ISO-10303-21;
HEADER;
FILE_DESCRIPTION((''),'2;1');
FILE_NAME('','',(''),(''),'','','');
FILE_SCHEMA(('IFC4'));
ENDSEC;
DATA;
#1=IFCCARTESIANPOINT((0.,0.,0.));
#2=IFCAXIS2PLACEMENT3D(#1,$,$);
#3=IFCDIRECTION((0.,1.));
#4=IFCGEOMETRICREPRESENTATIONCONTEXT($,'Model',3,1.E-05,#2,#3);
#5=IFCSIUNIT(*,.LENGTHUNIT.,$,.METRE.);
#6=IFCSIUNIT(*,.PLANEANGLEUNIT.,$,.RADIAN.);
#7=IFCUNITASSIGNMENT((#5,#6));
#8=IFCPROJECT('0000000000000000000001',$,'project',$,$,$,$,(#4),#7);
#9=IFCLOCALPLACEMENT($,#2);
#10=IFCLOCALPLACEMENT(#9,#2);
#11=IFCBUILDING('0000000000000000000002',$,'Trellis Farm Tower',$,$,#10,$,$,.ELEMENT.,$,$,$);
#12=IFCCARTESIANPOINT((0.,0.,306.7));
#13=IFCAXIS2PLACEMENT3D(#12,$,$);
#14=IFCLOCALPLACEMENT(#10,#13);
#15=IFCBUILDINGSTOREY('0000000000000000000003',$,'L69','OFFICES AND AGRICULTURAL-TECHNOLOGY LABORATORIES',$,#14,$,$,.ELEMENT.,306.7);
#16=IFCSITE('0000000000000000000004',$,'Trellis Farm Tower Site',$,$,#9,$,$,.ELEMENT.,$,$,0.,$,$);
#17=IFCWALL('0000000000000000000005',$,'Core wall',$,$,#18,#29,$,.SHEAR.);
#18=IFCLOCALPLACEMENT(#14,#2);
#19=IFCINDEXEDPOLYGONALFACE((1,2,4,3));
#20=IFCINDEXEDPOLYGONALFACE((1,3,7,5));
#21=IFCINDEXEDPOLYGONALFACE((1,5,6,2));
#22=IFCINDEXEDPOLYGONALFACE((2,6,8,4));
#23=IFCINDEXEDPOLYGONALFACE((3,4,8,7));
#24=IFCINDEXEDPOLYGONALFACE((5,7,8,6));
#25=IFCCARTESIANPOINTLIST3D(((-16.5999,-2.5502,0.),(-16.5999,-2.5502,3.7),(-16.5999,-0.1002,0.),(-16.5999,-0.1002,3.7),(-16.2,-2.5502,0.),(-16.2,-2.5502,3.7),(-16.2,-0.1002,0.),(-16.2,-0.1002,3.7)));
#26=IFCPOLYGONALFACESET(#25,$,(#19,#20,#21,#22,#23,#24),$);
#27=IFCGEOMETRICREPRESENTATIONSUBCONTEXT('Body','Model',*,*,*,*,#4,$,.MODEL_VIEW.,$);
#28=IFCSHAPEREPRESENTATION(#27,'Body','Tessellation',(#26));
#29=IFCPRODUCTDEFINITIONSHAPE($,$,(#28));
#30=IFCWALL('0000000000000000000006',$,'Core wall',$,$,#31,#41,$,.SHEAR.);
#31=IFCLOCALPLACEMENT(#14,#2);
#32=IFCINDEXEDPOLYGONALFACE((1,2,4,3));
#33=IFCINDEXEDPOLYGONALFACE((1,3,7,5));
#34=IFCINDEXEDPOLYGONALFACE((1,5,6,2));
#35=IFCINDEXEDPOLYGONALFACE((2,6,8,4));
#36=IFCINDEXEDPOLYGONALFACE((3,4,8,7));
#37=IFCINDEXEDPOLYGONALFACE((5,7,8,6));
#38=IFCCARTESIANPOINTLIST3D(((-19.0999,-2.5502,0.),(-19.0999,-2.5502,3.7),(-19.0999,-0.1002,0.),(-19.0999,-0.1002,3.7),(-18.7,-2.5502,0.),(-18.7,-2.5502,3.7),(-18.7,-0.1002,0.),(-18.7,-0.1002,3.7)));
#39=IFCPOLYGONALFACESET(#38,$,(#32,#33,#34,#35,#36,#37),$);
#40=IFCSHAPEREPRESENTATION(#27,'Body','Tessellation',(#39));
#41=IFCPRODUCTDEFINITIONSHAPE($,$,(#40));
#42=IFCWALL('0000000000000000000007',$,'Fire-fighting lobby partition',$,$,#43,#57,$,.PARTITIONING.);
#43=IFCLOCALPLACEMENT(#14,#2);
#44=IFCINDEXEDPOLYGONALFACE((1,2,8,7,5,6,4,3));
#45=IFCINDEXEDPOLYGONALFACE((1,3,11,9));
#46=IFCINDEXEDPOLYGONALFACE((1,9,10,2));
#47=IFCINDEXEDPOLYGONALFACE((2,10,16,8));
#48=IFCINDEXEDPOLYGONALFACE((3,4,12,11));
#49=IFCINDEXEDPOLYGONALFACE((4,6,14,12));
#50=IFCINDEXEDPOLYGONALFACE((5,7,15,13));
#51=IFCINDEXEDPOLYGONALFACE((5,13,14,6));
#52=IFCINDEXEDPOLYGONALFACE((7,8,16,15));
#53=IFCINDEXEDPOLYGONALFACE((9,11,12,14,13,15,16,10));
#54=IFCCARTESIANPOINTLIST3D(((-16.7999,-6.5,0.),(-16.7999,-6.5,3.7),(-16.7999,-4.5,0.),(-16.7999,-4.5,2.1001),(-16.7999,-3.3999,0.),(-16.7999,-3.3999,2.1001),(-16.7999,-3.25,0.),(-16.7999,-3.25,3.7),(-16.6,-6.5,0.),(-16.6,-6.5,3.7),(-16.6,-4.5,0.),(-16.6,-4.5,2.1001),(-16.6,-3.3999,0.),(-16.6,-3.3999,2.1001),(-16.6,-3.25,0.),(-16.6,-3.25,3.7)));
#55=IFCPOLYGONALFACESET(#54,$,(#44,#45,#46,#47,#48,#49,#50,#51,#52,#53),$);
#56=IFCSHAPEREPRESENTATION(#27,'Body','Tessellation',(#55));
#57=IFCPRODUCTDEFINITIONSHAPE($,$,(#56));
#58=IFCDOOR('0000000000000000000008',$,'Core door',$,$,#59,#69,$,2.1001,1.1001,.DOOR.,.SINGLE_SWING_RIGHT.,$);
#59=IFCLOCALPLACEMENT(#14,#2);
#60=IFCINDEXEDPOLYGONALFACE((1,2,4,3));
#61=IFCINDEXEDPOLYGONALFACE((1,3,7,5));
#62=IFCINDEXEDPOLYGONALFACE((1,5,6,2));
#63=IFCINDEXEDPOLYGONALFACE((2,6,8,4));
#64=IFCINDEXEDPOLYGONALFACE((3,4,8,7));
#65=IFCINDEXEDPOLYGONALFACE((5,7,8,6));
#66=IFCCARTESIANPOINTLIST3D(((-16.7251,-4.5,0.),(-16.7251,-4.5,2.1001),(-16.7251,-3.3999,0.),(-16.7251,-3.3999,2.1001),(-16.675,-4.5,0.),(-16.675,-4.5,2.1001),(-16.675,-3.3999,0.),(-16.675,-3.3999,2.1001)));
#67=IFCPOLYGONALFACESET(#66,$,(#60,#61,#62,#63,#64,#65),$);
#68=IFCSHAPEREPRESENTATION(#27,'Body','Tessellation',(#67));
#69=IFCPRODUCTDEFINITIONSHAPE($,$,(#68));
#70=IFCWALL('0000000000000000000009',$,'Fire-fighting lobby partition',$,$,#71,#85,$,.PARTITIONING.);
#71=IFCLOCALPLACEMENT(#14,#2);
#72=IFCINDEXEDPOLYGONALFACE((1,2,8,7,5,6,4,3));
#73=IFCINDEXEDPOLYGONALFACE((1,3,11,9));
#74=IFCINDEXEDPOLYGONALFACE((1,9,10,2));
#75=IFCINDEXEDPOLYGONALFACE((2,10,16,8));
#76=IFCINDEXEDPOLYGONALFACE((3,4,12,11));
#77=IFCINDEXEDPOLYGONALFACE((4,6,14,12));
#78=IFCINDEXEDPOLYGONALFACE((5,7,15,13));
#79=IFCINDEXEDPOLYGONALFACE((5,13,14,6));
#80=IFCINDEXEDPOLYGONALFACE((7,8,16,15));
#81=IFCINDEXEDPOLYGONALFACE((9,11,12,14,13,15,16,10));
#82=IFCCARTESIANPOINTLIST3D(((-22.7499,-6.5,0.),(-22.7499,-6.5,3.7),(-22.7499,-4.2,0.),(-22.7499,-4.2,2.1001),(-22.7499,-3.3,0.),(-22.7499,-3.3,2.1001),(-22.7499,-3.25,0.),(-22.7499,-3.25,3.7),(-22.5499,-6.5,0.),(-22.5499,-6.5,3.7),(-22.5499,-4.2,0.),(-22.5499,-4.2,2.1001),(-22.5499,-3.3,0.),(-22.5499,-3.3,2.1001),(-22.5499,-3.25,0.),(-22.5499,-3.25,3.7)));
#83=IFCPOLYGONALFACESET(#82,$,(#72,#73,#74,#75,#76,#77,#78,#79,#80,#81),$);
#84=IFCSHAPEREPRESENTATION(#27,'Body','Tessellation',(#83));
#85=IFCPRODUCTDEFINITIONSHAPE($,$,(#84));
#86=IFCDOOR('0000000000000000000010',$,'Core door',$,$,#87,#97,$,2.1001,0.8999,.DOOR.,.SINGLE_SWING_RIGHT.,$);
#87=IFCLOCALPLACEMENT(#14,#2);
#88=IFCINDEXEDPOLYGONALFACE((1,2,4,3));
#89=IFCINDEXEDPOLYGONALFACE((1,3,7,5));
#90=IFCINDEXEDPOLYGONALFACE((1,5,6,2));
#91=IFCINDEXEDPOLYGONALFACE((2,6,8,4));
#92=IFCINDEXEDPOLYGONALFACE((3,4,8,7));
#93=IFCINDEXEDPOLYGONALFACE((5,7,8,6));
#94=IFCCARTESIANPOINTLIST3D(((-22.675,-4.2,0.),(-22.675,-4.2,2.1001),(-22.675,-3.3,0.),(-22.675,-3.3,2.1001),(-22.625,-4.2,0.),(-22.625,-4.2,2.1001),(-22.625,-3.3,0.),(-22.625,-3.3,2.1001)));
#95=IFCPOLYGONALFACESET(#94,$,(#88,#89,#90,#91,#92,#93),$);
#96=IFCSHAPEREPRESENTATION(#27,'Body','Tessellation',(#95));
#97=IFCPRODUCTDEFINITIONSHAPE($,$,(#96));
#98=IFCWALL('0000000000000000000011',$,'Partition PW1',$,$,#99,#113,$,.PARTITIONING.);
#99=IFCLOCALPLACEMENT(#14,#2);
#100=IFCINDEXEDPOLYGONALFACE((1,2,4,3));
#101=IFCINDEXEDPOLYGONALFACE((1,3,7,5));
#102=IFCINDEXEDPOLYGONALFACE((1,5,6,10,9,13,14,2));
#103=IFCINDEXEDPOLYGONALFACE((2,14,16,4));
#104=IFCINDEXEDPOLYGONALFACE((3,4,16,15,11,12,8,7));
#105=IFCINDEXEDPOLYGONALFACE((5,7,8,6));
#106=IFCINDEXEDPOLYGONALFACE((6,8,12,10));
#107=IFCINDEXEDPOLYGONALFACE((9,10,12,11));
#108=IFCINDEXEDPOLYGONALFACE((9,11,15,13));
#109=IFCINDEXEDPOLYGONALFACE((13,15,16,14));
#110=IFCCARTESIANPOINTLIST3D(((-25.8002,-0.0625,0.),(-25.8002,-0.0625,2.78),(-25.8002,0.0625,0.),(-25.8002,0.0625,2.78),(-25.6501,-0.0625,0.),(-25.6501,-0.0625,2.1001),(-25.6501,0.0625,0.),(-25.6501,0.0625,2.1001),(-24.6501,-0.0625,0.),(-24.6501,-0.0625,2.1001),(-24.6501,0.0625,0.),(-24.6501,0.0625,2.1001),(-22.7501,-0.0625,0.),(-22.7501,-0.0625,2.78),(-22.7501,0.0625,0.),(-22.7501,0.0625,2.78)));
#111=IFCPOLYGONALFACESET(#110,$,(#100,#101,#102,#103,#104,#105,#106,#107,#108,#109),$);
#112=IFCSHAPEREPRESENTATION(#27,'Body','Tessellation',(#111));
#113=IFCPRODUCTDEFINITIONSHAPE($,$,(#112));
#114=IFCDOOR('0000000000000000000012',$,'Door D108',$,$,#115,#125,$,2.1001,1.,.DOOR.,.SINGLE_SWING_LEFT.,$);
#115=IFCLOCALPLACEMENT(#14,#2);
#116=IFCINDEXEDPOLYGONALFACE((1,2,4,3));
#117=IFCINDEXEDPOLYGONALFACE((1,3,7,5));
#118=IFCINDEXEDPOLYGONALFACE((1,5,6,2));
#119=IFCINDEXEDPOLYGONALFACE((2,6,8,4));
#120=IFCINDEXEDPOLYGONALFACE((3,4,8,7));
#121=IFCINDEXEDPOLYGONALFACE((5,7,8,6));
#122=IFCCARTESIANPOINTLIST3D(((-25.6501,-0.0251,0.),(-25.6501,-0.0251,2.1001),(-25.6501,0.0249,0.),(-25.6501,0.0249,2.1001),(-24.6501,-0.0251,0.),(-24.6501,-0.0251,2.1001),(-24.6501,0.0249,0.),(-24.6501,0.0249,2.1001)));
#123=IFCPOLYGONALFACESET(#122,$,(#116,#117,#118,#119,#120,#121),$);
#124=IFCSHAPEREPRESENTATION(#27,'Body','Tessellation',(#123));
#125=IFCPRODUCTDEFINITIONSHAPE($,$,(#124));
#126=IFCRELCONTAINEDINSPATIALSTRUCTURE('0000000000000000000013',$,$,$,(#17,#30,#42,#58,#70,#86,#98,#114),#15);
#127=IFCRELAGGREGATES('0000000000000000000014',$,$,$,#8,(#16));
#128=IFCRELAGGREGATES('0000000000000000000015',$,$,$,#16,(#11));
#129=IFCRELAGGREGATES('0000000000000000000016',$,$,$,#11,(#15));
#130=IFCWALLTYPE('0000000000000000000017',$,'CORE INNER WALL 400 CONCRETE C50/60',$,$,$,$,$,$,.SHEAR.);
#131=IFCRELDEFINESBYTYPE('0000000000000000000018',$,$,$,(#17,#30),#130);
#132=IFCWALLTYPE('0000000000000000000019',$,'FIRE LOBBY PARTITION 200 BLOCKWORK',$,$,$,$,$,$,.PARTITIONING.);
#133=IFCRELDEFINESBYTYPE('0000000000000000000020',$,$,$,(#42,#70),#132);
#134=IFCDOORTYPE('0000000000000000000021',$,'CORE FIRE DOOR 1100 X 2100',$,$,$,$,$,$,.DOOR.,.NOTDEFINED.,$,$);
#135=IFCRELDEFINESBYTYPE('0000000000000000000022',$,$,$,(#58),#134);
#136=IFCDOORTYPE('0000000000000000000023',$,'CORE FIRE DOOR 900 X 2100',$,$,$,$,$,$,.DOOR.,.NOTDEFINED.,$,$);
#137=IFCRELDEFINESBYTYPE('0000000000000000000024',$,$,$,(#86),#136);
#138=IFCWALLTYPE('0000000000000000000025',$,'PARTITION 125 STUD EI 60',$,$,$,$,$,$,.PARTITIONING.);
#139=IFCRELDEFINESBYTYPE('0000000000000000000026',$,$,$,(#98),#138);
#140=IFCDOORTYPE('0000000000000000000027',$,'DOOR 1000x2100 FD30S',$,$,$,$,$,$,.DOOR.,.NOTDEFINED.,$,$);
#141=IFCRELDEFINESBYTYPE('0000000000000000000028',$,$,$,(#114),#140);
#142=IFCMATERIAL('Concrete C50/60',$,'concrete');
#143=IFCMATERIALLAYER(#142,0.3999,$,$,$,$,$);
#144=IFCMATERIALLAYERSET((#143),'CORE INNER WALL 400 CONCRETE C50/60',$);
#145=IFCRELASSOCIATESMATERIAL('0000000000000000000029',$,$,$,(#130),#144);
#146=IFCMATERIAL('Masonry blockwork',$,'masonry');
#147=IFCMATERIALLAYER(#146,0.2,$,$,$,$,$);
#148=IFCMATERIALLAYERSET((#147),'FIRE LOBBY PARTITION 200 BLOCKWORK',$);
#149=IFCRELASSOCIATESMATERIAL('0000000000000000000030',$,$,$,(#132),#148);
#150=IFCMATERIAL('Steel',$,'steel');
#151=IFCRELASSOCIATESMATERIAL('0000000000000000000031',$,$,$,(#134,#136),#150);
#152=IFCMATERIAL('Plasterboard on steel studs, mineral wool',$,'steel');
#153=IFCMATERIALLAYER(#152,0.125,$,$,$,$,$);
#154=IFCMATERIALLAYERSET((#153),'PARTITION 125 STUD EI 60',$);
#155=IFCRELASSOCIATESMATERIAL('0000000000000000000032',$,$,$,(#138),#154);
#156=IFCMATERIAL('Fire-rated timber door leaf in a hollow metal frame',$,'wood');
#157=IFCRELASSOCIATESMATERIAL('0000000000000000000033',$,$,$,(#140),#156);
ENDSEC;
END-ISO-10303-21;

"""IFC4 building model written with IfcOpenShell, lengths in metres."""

from ifc_helpers import new_model, si_unit, direction, frame, frame_2d, origin, place, context, subcontext, project, spatial, rectangle, extrude, source, transform, mapped, material, layer, layer_set, type_object, element, fill, save


model = new_model("IFC4")

# Units and contexts
model_context = context("Model", 3, precision=1e-05, world=origin(), true_north=direction((0.0, 1.0)))
body_context = subcontext(model_context, "Body", "Model", "MODEL_VIEW")
ifc_project = project(units=[si_unit("LENGTHUNIT", "METRE"), si_unit("PLANEANGLEUNIT", "RADIAN")], contexts=[model_context])

# Site, building, storey
site_placement = place(None, origin())
site = spatial("IfcSite", under=ifc_project, at=site_placement, Name="Trellis Farm Tower Site", CompositionType="ELEMENT", RefElevation=0.0)
building_placement = place(site_placement, origin())
building = spatial("IfcBuilding", under=site, at=building_placement, Name="Trellis Farm Tower", CompositionType="ELEMENT")
storey_placement = place(building_placement, frame((0.0, 0.0, 306.7)))
storey = spatial("IfcBuildingStorey", under=building, at=storey_placement, Name="L69", Description="OFFICES AND AGRICULTURAL-TECHNOLOGY LABORATORIES", CompositionType="ELEMENT", Elevation=306.7)

# Walls
ifc_material_1 = material(Name="Concrete C50/60", Category="concrete")
ifc_layer_1 = layer(ifc_material_1, 0.3999)
ifc_layer_set_1 = layer_set([ifc_layer_1], Name="CORE INNER WALL 400 CONCRETE C50/60")
wall_type_1 = type_object("IfcWallType", Name="CORE INNER WALL 400 CONCRETE C50/60", PredefinedType="SHEAR", material=ifc_layer_set_1)
shared_shape_1 = source(origin(), body_context, "Body", "SweptSolid", [
    extrude(rectangle(XDim=2.45, YDim=0.3999, at=frame_2d((1.2251, 0.0))), origin(), (0.0, 0.0, 1.0), 3.7),
])
for number, where, z_axis, x_axis, name in (
    (1, (-16.3999, -0.1001, 0.0), (0.0, 0.0, 1.0), (0.0, -1.0, 0.0), "Core wall"),
    (2, (-18.8999, -0.1001, 0.0), (0.0, 0.0, 1.0), (0.0, -1.0, 0.0), "Core wall"),
):
    element("IfcWall", number, at=place(storey_placement, frame(where, z_axis=z_axis, x_axis=x_axis)), inside=storey, type_object=wall_type_1, Name=name, PredefinedType="SHEAR", context=body_context, shape_type="MappedRepresentation", body=[
        mapped(shared_shape_1, transform((0.0, 0.0, 0.0))),
    ])

# Walls, openings, doors
ifc_material_2 = material(Name="Masonry blockwork", Category="masonry")
ifc_layer_2 = layer(ifc_material_2, 0.2)
ifc_layer_set_2 = layer_set([ifc_layer_2], Name="FIRE LOBBY PARTITION 200 BLOCKWORK")
wall_type_2 = type_object("IfcWallType", Name="FIRE LOBBY PARTITION 200 BLOCKWORK", PredefinedType="PARTITIONING", material=ifc_layer_set_2)
shared_shape_2 = source(origin(), body_context, "Body", "SweptSolid", [
    extrude(rectangle(XDim=3.25, YDim=0.2, at=frame_2d((1.625, 0.0))), origin(), (0.0, 0.0, 1.0), 3.7),
])
wall_1_placement = place(storey_placement, frame((-16.7, -3.25, 0.0), z_axis=(0.0, 0.0, 1.0), x_axis=(0.0, -1.0, 0.0)))
wall_1 = element("IfcWall", 3, at=wall_1_placement, inside=storey, type_object=wall_type_2, Name="Fire-fighting lobby partition", PredefinedType="PARTITIONING", context=body_context, shape_type="MappedRepresentation", body=[
    mapped(shared_shape_2, transform((0.0, 0.0, 0.0))),
])
shared_shape_3 = source(origin(), body_context, "Body", "SweptSolid", [
    extrude(rectangle(XDim=1.1001, YDim=2.1001, at=frame_2d((0.55, 1.05))), frame((0.0, 0.1101, 0.0), z_axis=(0.0, -1.0, 0.0), x_axis=(1.0, 0.0, 0.0)), (0.0, 0.0, 1.0), 0.2202),
])
opening_1_placement = place(wall_1_placement, frame((0.1499, 0.0, 0.0)))
opening_1 = element("IfcOpeningElement", 4, at=opening_1_placement, cuts=wall_1, PredefinedType="OPENING", context=body_context, shape_type="MappedRepresentation", body=[
    mapped(shared_shape_3, transform((0.0, 0.0, 0.0))),
])
ifc_material_3 = material(Name="Steel", Category="steel")
door_type_1 = type_object("IfcDoorType", Name="CORE FIRE DOOR 1100 X 2100", OperationType="NOTDEFINED", PredefinedType="DOOR", material=ifc_material_3)
shared_shape_4 = source(origin(), body_context, "Body", "SweptSolid", [
    extrude(rectangle(XDim=1.1001, YDim=2.1001, at=frame_2d((0.55, 1.05))), frame((0.0, 0.0249, 0.0), z_axis=(0.0, -1.0, 0.0), x_axis=(1.0, 0.0, 0.0)), (0.0, 0.0, 1.0), 0.05),
])
door_1_placement = place(opening_1_placement, origin())
door_1 = element("IfcDoor", 5, at=door_1_placement, inside=storey, type_object=door_type_1, Name="Core door", OperationType="SINGLE_SWING_RIGHT", OverallHeight=2.1001, OverallWidth=1.1001, PredefinedType="DOOR", context=body_context, shape_type="MappedRepresentation", body=[
    mapped(shared_shape_4, transform((0.0, 0.0, 0.0))),
])
fill(opening_1, door_1)
wall_2_placement = place(storey_placement, frame((-22.6499, -3.25, 0.0), z_axis=(0.0, 0.0, 1.0), x_axis=(0.0, -1.0, 0.0)))
wall_2 = element("IfcWall", 6, at=wall_2_placement, inside=storey, type_object=wall_type_2, Name="Fire-fighting lobby partition", PredefinedType="PARTITIONING", context=body_context, shape_type="MappedRepresentation", body=[
    mapped(shared_shape_2, transform((0.0, 0.0, 0.0))),
])
shared_shape_5 = source(origin(), body_context, "Body", "SweptSolid", [
    extrude(rectangle(XDim=0.8999, YDim=2.1001, at=frame_2d((0.45, 1.05))), frame((0.0, 0.1101, 0.0), z_axis=(0.0, -1.0, 0.0), x_axis=(1.0, 0.0, 0.0)), (0.0, 0.0, 1.0), 0.2202),
])
opening_2_placement = place(wall_2_placement, frame((0.05, 0.0, 0.0)))
opening_2 = element("IfcOpeningElement", 7, at=opening_2_placement, cuts=wall_2, PredefinedType="OPENING", context=body_context, shape_type="MappedRepresentation", body=[
    mapped(shared_shape_5, transform((0.0, 0.0, 0.0))),
])
door_type_2 = type_object("IfcDoorType", Name="CORE FIRE DOOR 900 X 2100", OperationType="NOTDEFINED", PredefinedType="DOOR", material=ifc_material_3)
shared_shape_6 = source(origin(), body_context, "Body", "SweptSolid", [
    extrude(rectangle(XDim=0.8999, YDim=2.1001, at=frame_2d((0.45, 1.05))), frame((0.0, 0.0249, 0.0), z_axis=(0.0, -1.0, 0.0), x_axis=(1.0, 0.0, 0.0)), (0.0, 0.0, 1.0), 0.05),
])
door_2_placement = place(opening_2_placement, origin())
door_2 = element("IfcDoor", 8, at=door_2_placement, inside=storey, type_object=door_type_2, Name="Core door", OperationType="SINGLE_SWING_RIGHT", OverallHeight=2.1001, OverallWidth=0.8999, PredefinedType="DOOR", context=body_context, shape_type="MappedRepresentation", body=[
    mapped(shared_shape_6, transform((0.0, 0.0, 0.0))),
])
fill(opening_2, door_2)
ifc_material_4 = material(Name="Plasterboard on steel studs, mineral wool", Category="steel")
ifc_layer_3 = layer(ifc_material_4, 0.125)
ifc_layer_set_3 = layer_set([ifc_layer_3], Name="PARTITION 125 STUD EI 60")
wall_type_3 = type_object("IfcWallType", Name="PARTITION 125 STUD EI 60", PredefinedType="PARTITIONING", material=ifc_layer_set_3)
shared_shape_7 = source(origin(), body_context, "Body", "SweptSolid", [
    extrude(rectangle(XDim=3.05, YDim=0.125, at=frame_2d((1.5249, 0.0))), origin(), (0.0, 0.0, 1.0), 2.78),
])
wall_3_placement = place(storey_placement, frame((-25.8, 0.0, 0.0), z_axis=(0.0, 0.0, 1.0), x_axis=(1.0, 0.0, 0.0)))
wall_3 = element("IfcWall", 9, at=wall_3_placement, inside=storey, type_object=wall_type_3, Name="Partition PW1", PredefinedType="PARTITIONING", context=body_context, shape_type="MappedRepresentation", body=[
    mapped(shared_shape_7, transform((0.0, 0.0, 0.0))),
])
shared_shape_8 = source(origin(), body_context, "Body", "SweptSolid", [
    extrude(rectangle(XDim=1.0, YDim=2.1001, at=frame_2d((0.5, 1.05))), frame((0.0, 0.0725, 0.0), z_axis=(0.0, -1.0, 0.0), x_axis=(1.0, 0.0, 0.0)), (0.0, 0.0, 1.0), 0.145),
])
opening_3_placement = place(wall_3_placement, frame((0.1499, 0.0, 0.0)))
opening_3 = element("IfcOpeningElement", 10, at=opening_3_placement, cuts=wall_3, PredefinedType="OPENING", context=body_context, shape_type="MappedRepresentation", body=[
    mapped(shared_shape_8, transform((0.0, 0.0, 0.0))),
])
ifc_material_5 = material(Name="Fire-rated timber door leaf in a hollow metal frame", Category="wood")
door_type_3 = type_object("IfcDoorType", Name="DOOR 1000x2100 FD30S", OperationType="NOTDEFINED", PredefinedType="DOOR", material=ifc_material_5)
shared_shape_9 = source(origin(), body_context, "Body", "SweptSolid", [
    extrude(rectangle(XDim=1.0, YDim=2.1001, at=frame_2d((0.5, 1.05))), frame((0.0, 0.0249, 0.0), z_axis=(0.0, -1.0, 0.0), x_axis=(1.0, 0.0, 0.0)), (0.0, 0.0, 1.0), 0.05),
])
door_3_placement = place(opening_3_placement, origin())
door_3 = element("IfcDoor", 11, at=door_3_placement, inside=storey, type_object=door_type_3, Name="Door D108", OperationType="SINGLE_SWING_LEFT", OverallHeight=2.1001, OverallWidth=1.0, PredefinedType="DOOR", context=body_context, shape_type="MappedRepresentation", body=[
    mapped(shared_shape_9, transform((0.0, 0.0, 0.0))),
])
fill(opening_3, door_3)

save(model, "model.ifc")
